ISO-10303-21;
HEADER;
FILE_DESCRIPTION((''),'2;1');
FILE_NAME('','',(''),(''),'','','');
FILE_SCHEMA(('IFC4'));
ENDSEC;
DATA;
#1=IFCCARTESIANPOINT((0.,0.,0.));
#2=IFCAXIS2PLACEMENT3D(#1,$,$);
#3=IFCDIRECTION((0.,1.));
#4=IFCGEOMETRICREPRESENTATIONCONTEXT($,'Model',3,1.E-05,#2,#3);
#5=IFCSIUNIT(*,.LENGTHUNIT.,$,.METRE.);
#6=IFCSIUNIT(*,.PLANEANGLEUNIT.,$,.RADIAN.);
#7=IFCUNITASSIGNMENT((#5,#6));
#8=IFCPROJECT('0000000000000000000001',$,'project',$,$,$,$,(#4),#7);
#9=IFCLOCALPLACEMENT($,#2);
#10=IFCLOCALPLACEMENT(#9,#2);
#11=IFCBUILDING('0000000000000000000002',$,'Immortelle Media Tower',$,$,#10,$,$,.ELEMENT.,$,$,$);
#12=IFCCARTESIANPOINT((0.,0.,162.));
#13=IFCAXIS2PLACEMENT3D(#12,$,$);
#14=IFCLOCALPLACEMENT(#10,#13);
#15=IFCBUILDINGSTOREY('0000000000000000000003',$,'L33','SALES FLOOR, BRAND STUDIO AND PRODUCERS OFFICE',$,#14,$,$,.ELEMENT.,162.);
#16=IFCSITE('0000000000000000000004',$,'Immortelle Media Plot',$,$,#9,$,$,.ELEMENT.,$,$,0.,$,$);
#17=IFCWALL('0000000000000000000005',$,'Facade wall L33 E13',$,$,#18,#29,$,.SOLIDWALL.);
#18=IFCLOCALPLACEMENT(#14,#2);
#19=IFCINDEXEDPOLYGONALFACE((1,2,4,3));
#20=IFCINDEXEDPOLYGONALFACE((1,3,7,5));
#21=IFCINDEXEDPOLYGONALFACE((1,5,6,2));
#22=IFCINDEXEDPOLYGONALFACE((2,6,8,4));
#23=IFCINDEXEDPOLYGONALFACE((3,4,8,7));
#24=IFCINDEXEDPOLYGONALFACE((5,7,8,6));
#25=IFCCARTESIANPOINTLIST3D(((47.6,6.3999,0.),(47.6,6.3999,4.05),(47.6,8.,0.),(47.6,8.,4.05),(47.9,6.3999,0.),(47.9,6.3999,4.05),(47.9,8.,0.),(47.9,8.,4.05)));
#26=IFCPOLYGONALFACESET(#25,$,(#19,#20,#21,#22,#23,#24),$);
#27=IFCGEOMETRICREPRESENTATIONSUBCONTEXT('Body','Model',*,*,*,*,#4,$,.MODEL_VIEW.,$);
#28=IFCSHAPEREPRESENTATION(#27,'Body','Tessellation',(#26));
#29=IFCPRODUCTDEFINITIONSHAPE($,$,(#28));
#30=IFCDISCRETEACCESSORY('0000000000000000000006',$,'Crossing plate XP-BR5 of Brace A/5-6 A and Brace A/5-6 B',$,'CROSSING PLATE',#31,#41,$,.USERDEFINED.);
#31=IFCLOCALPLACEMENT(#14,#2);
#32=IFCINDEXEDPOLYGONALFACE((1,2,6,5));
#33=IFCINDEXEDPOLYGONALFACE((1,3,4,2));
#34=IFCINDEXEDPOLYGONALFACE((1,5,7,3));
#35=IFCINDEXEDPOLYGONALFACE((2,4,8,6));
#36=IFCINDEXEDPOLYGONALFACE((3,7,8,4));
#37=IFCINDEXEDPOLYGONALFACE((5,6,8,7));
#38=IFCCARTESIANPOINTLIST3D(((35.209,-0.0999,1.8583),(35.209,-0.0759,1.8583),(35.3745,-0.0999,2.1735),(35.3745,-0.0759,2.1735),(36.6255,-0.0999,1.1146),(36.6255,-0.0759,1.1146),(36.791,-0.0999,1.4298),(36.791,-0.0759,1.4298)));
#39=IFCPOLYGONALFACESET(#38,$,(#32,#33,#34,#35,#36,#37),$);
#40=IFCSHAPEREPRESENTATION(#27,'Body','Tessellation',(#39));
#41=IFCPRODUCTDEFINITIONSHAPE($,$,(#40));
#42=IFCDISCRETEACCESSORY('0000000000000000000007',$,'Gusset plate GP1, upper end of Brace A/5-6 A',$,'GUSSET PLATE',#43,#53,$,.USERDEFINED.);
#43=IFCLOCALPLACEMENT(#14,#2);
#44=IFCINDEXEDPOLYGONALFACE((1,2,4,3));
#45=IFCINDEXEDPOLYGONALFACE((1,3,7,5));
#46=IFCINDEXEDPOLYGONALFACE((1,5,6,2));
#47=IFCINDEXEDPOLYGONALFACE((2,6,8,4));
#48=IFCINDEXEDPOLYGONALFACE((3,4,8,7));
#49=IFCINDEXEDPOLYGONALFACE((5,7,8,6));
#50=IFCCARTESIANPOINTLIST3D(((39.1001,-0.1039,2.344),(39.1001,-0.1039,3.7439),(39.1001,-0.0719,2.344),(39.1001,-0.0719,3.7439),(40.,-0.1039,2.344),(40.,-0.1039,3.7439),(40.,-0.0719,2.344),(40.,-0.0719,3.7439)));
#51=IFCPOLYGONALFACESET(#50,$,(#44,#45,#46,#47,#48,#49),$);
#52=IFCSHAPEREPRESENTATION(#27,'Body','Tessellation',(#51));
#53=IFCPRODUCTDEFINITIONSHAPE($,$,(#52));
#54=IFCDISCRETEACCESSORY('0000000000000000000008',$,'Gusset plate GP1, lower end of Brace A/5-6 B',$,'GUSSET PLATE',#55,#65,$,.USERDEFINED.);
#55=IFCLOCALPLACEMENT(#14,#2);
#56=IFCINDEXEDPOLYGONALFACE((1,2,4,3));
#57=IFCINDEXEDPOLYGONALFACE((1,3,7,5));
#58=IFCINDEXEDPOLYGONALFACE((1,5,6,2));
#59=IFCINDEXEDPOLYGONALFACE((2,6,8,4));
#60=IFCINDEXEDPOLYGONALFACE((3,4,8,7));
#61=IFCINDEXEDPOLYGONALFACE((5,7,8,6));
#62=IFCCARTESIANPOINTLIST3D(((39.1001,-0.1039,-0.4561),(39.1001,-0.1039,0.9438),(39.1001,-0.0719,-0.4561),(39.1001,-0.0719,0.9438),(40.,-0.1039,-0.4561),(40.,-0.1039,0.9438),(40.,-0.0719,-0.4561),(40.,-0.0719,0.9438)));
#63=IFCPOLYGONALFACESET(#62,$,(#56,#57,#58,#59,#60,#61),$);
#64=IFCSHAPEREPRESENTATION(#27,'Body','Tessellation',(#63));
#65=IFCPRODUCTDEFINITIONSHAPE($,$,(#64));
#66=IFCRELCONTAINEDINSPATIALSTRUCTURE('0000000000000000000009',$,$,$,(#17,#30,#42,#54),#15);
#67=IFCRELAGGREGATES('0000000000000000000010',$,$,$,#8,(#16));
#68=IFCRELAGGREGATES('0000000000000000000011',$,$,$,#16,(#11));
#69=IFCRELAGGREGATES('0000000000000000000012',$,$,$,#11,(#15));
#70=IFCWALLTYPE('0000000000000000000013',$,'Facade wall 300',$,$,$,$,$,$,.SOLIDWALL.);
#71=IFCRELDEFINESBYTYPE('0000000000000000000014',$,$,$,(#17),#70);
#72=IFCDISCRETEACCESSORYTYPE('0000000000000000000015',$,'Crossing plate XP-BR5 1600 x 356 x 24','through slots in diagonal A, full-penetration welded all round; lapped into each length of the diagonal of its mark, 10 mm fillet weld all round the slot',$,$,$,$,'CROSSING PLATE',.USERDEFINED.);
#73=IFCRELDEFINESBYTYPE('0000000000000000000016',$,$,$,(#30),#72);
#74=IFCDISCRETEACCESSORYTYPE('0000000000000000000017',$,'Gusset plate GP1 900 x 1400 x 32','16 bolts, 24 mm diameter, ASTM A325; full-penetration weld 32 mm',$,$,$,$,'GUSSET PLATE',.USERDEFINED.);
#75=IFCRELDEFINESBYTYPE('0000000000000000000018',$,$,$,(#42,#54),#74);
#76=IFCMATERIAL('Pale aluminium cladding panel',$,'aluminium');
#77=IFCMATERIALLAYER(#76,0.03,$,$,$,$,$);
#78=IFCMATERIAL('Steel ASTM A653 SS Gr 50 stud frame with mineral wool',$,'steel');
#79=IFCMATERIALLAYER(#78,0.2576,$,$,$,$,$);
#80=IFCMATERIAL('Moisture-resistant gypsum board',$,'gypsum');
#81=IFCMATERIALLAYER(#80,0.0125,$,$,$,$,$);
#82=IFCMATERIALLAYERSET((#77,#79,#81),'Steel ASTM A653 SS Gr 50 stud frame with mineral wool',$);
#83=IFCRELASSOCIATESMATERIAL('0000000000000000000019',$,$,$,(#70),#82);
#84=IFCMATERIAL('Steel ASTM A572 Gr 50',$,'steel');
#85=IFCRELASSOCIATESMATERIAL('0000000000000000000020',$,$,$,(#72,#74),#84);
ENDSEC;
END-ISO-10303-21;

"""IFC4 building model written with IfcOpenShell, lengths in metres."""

from ifc_helpers import new_model, si_unit, direction, frame, frame_2d, origin, origin_2d, place, context, subcontext, project, spatial, rectangle, extrude, material, layer, layer_set, material_profile, profile_set, type_object, element, save


model = new_model("IFC4")

# Units and contexts
model_context = context("Model", 3, precision=1e-05, world=origin(), true_north=direction((0.0, 1.0)))
body_context = subcontext(model_context, "Body", "Model", "MODEL_VIEW")
ifc_project = project(units=[si_unit("LENGTHUNIT", "METRE"), si_unit("PLANEANGLEUNIT", "RADIAN")], contexts=[model_context])

# Site, building, storey
site_placement = place(None, origin())
site = spatial("IfcSite", under=ifc_project, at=site_placement, Name="Immortelle Media Plot", CompositionType="ELEMENT", RefElevation=0.0)
building_placement = place(site_placement, origin())
building = spatial("IfcBuilding", under=site, at=building_placement, Name="Immortelle Media Tower", CompositionType="ELEMENT")
storey_placement = place(building_placement, frame((0.0, 0.0, 162.0)))
storey = spatial("IfcBuildingStorey", under=building, at=storey_placement, Name="L33", Description="SALES FLOOR, BRAND STUDIO AND PRODUCERS OFFICE", CompositionType="ELEMENT", Elevation=162.0)

# Wall
ifc_material_1 = material(Name="Pale aluminium cladding panel", Category="aluminium")
ifc_layer_1 = layer(ifc_material_1, 0.03)
ifc_material_2 = material(Name="Steel ASTM A653 SS Gr 50 stud frame with mineral wool", Category="steel")
ifc_layer_2 = layer(ifc_material_2, 0.2576)
ifc_material_3 = material(Name="Moisture-resistant gypsum board", Category="gypsum")
ifc_layer_3 = layer(ifc_material_3, 0.0125)
ifc_layer_set = layer_set([ifc_layer_1, ifc_layer_2, ifc_layer_3], Name="Steel ASTM A653 SS Gr 50 stud frame with mineral wool")
wall_type = type_object("IfcWallType", Name="Facade wall 300", PredefinedType="SOLIDWALL", material=ifc_layer_set)
wall_1_placement = place(storey_placement, frame((47.75, 6.3999, 0.0), z_axis=(0.0, 0.0, 1.0), x_axis=(0.0, 1.0, 0.0)))
element("IfcWall", 1, at=wall_1_placement, inside=storey, type_object=wall_type, Name="Facade wall L33 E13", PredefinedType="SOLIDWALL", context=body_context, shape_type="SweptSolid", body=[
    extrude(rectangle(XDim=1.6001, YDim=0.3, at=frame_2d((0.8, 0.0))), origin(), (0.0, 0.0, 1.0), 4.05),
])

# Discrete accessories
ifc_material_4 = material(Name="Steel ASTM A572 Gr 50", Category="steel")
ifc_material_profile_1 = material_profile(ifc_material_4, rectangle(XDim=0.0239, YDim=0.356, at=origin_2d()), Name="PL 24 x 356")
ifc_profile_set_1 = profile_set([ifc_material_profile_1], Name="Steel ASTM A572 Gr 50")
discrete_accessory_type_1 = type_object("IfcDiscreteAccessoryType", Name="Crossing plate XP-BR5 1600 x 356 x 24", Description="through slots in diagonal A, full-penetration welded all round; lapped into each length of the diagonal of its mark, 10 mm fillet weld all round the slot", ElementType="CROSSING PLATE", PredefinedType="USERDEFINED", material=ifc_profile_set_1)
discrete_accessory_placement = place(storey_placement, frame((35.2917, -0.0879, 2.0159), z_axis=(0.885401, 0.0, -0.464828), x_axis=(0.0, 1.0, 0.0)))
element("IfcDiscreteAccessory", 2, at=discrete_accessory_placement, inside=storey, type_object=discrete_accessory_type_1, Name="Crossing plate XP-BR5 of Brace A/5-6 A and Brace A/5-6 B", ObjectType="CROSSING PLATE", PredefinedType="USERDEFINED", context=body_context, shape_type="SweptSolid", body=[
    extrude(rectangle(XDim=0.0239, YDim=0.356, at=origin_2d()), origin(), (0.0, 0.0, 1.0), 1.5999),
])
ifc_material_profile_2 = material_profile(ifc_material_4, rectangle(XDim=0.032, YDim=1.3999, at=origin_2d()), Name="PL 32 x 1400")
ifc_profile_set_2 = profile_set([ifc_material_profile_2], Name="Steel ASTM A572 Gr 50")
discrete_accessory_type_2 = type_object("IfcDiscreteAccessoryType", Name="Gusset plate GP1 900 x 1400 x 32", Description="16 bolts, 24 mm diameter, ASTM A325; full-penetration weld 32 mm", ElementType="GUSSET PLATE", PredefinedType="USERDEFINED", material=ifc_profile_set_2)
for number, where, z_axis, x_axis, name in (
    (3, (40.0, -0.0879, 3.0439), (-1.0, 0.0, 0.0), (0.0, -1.0, 0.0), "Gusset plate GP1, upper end of Brace A/5-6 A"),
    (4, (40.0, -0.0879, 0.2439), (-1.0, 0.0, 0.0), (0.0, -1.0, 0.0), "Gusset plate GP1, lower end of Brace A/5-6 B"),
):
    element("IfcDiscreteAccessory", number, at=place(storey_placement, frame(where, z_axis=z_axis, x_axis=x_axis)), inside=storey, type_object=discrete_accessory_type_2, Name=name, ObjectType="GUSSET PLATE", PredefinedType="USERDEFINED", context=body_context, shape_type="SweptSolid", body=[
        extrude(rectangle(XDim=0.032, YDim=1.3999, at=origin_2d()), origin(), (0.0, 0.0, 1.0), 0.8999),
    ])

save(model, "model.ifc")
